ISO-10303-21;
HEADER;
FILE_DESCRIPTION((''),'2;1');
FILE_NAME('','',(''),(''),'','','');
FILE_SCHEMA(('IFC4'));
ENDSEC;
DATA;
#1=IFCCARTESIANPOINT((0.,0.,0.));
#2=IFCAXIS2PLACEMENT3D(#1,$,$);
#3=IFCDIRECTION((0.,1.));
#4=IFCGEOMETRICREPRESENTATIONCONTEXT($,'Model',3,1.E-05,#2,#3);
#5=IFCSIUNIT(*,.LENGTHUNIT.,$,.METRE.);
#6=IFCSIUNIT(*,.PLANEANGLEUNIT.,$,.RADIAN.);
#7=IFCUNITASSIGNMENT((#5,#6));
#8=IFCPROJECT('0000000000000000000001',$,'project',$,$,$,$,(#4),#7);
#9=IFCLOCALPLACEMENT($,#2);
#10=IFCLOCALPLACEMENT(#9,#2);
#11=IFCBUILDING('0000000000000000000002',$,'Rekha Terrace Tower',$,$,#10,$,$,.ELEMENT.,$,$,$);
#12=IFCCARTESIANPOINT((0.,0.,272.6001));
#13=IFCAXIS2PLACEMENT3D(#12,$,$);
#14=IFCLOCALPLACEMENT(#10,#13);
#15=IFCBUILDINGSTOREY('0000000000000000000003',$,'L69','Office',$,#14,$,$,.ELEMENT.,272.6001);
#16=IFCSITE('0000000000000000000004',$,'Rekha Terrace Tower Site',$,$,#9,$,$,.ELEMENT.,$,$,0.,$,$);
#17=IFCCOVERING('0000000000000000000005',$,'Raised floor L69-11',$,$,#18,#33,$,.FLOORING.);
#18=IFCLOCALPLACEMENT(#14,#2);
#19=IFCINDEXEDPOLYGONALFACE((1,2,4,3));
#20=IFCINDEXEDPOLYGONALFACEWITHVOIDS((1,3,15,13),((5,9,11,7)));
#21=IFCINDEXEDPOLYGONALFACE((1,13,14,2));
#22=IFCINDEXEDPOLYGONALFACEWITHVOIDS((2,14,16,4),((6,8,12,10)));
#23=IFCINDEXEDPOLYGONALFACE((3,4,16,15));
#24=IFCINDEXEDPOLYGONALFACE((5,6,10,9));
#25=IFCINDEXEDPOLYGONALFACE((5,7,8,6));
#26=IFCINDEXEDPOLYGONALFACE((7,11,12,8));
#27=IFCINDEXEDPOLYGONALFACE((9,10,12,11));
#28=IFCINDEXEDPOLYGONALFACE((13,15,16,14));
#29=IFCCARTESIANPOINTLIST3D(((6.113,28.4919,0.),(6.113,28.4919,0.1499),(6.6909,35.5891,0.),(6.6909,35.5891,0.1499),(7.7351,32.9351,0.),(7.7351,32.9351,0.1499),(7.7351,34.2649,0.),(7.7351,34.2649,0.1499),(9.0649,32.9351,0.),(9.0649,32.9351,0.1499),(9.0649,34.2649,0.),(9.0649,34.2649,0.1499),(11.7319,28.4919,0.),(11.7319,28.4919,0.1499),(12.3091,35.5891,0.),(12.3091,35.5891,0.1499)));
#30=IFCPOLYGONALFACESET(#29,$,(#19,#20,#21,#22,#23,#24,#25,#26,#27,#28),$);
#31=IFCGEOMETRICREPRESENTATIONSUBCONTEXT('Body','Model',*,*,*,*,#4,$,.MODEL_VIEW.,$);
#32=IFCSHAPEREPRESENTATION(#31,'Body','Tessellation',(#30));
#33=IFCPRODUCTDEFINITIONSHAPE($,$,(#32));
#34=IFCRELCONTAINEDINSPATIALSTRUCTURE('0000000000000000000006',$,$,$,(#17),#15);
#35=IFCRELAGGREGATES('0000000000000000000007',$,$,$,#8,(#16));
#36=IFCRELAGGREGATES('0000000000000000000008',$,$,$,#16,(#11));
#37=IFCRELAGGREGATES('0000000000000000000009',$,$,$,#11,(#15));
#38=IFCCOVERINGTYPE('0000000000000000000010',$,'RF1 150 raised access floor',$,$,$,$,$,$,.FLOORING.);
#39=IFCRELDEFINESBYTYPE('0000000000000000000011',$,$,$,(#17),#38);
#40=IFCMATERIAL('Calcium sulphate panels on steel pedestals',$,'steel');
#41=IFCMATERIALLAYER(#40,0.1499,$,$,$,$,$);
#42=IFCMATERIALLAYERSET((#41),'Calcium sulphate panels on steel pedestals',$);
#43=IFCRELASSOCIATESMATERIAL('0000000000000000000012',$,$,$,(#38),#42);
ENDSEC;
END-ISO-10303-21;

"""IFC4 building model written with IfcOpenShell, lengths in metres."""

from ifc_helpers import new_model, si_unit, direction, frame, origin, place, context, subcontext, project, spatial, polyline, outline, extrude, material, layer, layer_set, type_object, element, save


model = new_model("IFC4")

# Units and contexts
model_context = context("Model", 3, precision=1e-05, world=origin(), true_north=direction((0.0, 1.0)))
body_context = subcontext(model_context, "Body", "Model", "MODEL_VIEW")
ifc_project = project(units=[si_unit("LENGTHUNIT", "METRE"), si_unit("PLANEANGLEUNIT", "RADIAN")], contexts=[model_context])

# Site, building, storey
site_placement = place(None, origin())
site = spatial("IfcSite", under=ifc_project, at=site_placement, Name="Rekha Terrace Tower Site", CompositionType="ELEMENT", RefElevation=0.0)
building_placement = place(site_placement, origin())
building = spatial("IfcBuilding", under=site, at=building_placement, Name="Rekha Terrace Tower", CompositionType="ELEMENT")
storey_placement = place(building_placement, frame((0.0, 0.0, 272.6001)))
storey = spatial("IfcBuildingStorey", under=building, at=storey_placement, Name="L69", Description="Office", CompositionType="ELEMENT", Elevation=272.6001)

# Covering
ifc_material_1 = material(Name="Calcium sulphate panels on steel pedestals", Category="steel")
ifc_layer_1 = layer(ifc_material_1, 0.1499)
ifc_layer_set_1 = layer_set([ifc_layer_1], Name="Calcium sulphate panels on steel pedestals")
covering_type_1 = type_object("IfcCoveringType", Name="RF1 150 raised access floor", PredefinedType="FLOORING", material=ifc_layer_set_1)
covering_1_placement = place(storey_placement, origin())
element("IfcCovering", 1, at=covering_1_placement, inside=storey, type_object=covering_type_1, Name="Raised floor L69-11", PredefinedType="FLOORING", context=body_context, shape_type="SweptSolid", body=[
    extrude(outline(polyline([(11.7319, 28.4919), (12.3091, 35.5891), (6.6909, 35.5891), (6.113, 28.4919), (11.7319, 28.4919)]), holes=[polyline([(9.0649, 34.2649), (9.0649, 32.9351), (7.7351, 32.9351), (7.7351, 34.2649), (9.0649, 34.2649)])]), origin(), (0.0, 0.0, 1.0), 0.1499),
])

save(model, "model.ifc")
